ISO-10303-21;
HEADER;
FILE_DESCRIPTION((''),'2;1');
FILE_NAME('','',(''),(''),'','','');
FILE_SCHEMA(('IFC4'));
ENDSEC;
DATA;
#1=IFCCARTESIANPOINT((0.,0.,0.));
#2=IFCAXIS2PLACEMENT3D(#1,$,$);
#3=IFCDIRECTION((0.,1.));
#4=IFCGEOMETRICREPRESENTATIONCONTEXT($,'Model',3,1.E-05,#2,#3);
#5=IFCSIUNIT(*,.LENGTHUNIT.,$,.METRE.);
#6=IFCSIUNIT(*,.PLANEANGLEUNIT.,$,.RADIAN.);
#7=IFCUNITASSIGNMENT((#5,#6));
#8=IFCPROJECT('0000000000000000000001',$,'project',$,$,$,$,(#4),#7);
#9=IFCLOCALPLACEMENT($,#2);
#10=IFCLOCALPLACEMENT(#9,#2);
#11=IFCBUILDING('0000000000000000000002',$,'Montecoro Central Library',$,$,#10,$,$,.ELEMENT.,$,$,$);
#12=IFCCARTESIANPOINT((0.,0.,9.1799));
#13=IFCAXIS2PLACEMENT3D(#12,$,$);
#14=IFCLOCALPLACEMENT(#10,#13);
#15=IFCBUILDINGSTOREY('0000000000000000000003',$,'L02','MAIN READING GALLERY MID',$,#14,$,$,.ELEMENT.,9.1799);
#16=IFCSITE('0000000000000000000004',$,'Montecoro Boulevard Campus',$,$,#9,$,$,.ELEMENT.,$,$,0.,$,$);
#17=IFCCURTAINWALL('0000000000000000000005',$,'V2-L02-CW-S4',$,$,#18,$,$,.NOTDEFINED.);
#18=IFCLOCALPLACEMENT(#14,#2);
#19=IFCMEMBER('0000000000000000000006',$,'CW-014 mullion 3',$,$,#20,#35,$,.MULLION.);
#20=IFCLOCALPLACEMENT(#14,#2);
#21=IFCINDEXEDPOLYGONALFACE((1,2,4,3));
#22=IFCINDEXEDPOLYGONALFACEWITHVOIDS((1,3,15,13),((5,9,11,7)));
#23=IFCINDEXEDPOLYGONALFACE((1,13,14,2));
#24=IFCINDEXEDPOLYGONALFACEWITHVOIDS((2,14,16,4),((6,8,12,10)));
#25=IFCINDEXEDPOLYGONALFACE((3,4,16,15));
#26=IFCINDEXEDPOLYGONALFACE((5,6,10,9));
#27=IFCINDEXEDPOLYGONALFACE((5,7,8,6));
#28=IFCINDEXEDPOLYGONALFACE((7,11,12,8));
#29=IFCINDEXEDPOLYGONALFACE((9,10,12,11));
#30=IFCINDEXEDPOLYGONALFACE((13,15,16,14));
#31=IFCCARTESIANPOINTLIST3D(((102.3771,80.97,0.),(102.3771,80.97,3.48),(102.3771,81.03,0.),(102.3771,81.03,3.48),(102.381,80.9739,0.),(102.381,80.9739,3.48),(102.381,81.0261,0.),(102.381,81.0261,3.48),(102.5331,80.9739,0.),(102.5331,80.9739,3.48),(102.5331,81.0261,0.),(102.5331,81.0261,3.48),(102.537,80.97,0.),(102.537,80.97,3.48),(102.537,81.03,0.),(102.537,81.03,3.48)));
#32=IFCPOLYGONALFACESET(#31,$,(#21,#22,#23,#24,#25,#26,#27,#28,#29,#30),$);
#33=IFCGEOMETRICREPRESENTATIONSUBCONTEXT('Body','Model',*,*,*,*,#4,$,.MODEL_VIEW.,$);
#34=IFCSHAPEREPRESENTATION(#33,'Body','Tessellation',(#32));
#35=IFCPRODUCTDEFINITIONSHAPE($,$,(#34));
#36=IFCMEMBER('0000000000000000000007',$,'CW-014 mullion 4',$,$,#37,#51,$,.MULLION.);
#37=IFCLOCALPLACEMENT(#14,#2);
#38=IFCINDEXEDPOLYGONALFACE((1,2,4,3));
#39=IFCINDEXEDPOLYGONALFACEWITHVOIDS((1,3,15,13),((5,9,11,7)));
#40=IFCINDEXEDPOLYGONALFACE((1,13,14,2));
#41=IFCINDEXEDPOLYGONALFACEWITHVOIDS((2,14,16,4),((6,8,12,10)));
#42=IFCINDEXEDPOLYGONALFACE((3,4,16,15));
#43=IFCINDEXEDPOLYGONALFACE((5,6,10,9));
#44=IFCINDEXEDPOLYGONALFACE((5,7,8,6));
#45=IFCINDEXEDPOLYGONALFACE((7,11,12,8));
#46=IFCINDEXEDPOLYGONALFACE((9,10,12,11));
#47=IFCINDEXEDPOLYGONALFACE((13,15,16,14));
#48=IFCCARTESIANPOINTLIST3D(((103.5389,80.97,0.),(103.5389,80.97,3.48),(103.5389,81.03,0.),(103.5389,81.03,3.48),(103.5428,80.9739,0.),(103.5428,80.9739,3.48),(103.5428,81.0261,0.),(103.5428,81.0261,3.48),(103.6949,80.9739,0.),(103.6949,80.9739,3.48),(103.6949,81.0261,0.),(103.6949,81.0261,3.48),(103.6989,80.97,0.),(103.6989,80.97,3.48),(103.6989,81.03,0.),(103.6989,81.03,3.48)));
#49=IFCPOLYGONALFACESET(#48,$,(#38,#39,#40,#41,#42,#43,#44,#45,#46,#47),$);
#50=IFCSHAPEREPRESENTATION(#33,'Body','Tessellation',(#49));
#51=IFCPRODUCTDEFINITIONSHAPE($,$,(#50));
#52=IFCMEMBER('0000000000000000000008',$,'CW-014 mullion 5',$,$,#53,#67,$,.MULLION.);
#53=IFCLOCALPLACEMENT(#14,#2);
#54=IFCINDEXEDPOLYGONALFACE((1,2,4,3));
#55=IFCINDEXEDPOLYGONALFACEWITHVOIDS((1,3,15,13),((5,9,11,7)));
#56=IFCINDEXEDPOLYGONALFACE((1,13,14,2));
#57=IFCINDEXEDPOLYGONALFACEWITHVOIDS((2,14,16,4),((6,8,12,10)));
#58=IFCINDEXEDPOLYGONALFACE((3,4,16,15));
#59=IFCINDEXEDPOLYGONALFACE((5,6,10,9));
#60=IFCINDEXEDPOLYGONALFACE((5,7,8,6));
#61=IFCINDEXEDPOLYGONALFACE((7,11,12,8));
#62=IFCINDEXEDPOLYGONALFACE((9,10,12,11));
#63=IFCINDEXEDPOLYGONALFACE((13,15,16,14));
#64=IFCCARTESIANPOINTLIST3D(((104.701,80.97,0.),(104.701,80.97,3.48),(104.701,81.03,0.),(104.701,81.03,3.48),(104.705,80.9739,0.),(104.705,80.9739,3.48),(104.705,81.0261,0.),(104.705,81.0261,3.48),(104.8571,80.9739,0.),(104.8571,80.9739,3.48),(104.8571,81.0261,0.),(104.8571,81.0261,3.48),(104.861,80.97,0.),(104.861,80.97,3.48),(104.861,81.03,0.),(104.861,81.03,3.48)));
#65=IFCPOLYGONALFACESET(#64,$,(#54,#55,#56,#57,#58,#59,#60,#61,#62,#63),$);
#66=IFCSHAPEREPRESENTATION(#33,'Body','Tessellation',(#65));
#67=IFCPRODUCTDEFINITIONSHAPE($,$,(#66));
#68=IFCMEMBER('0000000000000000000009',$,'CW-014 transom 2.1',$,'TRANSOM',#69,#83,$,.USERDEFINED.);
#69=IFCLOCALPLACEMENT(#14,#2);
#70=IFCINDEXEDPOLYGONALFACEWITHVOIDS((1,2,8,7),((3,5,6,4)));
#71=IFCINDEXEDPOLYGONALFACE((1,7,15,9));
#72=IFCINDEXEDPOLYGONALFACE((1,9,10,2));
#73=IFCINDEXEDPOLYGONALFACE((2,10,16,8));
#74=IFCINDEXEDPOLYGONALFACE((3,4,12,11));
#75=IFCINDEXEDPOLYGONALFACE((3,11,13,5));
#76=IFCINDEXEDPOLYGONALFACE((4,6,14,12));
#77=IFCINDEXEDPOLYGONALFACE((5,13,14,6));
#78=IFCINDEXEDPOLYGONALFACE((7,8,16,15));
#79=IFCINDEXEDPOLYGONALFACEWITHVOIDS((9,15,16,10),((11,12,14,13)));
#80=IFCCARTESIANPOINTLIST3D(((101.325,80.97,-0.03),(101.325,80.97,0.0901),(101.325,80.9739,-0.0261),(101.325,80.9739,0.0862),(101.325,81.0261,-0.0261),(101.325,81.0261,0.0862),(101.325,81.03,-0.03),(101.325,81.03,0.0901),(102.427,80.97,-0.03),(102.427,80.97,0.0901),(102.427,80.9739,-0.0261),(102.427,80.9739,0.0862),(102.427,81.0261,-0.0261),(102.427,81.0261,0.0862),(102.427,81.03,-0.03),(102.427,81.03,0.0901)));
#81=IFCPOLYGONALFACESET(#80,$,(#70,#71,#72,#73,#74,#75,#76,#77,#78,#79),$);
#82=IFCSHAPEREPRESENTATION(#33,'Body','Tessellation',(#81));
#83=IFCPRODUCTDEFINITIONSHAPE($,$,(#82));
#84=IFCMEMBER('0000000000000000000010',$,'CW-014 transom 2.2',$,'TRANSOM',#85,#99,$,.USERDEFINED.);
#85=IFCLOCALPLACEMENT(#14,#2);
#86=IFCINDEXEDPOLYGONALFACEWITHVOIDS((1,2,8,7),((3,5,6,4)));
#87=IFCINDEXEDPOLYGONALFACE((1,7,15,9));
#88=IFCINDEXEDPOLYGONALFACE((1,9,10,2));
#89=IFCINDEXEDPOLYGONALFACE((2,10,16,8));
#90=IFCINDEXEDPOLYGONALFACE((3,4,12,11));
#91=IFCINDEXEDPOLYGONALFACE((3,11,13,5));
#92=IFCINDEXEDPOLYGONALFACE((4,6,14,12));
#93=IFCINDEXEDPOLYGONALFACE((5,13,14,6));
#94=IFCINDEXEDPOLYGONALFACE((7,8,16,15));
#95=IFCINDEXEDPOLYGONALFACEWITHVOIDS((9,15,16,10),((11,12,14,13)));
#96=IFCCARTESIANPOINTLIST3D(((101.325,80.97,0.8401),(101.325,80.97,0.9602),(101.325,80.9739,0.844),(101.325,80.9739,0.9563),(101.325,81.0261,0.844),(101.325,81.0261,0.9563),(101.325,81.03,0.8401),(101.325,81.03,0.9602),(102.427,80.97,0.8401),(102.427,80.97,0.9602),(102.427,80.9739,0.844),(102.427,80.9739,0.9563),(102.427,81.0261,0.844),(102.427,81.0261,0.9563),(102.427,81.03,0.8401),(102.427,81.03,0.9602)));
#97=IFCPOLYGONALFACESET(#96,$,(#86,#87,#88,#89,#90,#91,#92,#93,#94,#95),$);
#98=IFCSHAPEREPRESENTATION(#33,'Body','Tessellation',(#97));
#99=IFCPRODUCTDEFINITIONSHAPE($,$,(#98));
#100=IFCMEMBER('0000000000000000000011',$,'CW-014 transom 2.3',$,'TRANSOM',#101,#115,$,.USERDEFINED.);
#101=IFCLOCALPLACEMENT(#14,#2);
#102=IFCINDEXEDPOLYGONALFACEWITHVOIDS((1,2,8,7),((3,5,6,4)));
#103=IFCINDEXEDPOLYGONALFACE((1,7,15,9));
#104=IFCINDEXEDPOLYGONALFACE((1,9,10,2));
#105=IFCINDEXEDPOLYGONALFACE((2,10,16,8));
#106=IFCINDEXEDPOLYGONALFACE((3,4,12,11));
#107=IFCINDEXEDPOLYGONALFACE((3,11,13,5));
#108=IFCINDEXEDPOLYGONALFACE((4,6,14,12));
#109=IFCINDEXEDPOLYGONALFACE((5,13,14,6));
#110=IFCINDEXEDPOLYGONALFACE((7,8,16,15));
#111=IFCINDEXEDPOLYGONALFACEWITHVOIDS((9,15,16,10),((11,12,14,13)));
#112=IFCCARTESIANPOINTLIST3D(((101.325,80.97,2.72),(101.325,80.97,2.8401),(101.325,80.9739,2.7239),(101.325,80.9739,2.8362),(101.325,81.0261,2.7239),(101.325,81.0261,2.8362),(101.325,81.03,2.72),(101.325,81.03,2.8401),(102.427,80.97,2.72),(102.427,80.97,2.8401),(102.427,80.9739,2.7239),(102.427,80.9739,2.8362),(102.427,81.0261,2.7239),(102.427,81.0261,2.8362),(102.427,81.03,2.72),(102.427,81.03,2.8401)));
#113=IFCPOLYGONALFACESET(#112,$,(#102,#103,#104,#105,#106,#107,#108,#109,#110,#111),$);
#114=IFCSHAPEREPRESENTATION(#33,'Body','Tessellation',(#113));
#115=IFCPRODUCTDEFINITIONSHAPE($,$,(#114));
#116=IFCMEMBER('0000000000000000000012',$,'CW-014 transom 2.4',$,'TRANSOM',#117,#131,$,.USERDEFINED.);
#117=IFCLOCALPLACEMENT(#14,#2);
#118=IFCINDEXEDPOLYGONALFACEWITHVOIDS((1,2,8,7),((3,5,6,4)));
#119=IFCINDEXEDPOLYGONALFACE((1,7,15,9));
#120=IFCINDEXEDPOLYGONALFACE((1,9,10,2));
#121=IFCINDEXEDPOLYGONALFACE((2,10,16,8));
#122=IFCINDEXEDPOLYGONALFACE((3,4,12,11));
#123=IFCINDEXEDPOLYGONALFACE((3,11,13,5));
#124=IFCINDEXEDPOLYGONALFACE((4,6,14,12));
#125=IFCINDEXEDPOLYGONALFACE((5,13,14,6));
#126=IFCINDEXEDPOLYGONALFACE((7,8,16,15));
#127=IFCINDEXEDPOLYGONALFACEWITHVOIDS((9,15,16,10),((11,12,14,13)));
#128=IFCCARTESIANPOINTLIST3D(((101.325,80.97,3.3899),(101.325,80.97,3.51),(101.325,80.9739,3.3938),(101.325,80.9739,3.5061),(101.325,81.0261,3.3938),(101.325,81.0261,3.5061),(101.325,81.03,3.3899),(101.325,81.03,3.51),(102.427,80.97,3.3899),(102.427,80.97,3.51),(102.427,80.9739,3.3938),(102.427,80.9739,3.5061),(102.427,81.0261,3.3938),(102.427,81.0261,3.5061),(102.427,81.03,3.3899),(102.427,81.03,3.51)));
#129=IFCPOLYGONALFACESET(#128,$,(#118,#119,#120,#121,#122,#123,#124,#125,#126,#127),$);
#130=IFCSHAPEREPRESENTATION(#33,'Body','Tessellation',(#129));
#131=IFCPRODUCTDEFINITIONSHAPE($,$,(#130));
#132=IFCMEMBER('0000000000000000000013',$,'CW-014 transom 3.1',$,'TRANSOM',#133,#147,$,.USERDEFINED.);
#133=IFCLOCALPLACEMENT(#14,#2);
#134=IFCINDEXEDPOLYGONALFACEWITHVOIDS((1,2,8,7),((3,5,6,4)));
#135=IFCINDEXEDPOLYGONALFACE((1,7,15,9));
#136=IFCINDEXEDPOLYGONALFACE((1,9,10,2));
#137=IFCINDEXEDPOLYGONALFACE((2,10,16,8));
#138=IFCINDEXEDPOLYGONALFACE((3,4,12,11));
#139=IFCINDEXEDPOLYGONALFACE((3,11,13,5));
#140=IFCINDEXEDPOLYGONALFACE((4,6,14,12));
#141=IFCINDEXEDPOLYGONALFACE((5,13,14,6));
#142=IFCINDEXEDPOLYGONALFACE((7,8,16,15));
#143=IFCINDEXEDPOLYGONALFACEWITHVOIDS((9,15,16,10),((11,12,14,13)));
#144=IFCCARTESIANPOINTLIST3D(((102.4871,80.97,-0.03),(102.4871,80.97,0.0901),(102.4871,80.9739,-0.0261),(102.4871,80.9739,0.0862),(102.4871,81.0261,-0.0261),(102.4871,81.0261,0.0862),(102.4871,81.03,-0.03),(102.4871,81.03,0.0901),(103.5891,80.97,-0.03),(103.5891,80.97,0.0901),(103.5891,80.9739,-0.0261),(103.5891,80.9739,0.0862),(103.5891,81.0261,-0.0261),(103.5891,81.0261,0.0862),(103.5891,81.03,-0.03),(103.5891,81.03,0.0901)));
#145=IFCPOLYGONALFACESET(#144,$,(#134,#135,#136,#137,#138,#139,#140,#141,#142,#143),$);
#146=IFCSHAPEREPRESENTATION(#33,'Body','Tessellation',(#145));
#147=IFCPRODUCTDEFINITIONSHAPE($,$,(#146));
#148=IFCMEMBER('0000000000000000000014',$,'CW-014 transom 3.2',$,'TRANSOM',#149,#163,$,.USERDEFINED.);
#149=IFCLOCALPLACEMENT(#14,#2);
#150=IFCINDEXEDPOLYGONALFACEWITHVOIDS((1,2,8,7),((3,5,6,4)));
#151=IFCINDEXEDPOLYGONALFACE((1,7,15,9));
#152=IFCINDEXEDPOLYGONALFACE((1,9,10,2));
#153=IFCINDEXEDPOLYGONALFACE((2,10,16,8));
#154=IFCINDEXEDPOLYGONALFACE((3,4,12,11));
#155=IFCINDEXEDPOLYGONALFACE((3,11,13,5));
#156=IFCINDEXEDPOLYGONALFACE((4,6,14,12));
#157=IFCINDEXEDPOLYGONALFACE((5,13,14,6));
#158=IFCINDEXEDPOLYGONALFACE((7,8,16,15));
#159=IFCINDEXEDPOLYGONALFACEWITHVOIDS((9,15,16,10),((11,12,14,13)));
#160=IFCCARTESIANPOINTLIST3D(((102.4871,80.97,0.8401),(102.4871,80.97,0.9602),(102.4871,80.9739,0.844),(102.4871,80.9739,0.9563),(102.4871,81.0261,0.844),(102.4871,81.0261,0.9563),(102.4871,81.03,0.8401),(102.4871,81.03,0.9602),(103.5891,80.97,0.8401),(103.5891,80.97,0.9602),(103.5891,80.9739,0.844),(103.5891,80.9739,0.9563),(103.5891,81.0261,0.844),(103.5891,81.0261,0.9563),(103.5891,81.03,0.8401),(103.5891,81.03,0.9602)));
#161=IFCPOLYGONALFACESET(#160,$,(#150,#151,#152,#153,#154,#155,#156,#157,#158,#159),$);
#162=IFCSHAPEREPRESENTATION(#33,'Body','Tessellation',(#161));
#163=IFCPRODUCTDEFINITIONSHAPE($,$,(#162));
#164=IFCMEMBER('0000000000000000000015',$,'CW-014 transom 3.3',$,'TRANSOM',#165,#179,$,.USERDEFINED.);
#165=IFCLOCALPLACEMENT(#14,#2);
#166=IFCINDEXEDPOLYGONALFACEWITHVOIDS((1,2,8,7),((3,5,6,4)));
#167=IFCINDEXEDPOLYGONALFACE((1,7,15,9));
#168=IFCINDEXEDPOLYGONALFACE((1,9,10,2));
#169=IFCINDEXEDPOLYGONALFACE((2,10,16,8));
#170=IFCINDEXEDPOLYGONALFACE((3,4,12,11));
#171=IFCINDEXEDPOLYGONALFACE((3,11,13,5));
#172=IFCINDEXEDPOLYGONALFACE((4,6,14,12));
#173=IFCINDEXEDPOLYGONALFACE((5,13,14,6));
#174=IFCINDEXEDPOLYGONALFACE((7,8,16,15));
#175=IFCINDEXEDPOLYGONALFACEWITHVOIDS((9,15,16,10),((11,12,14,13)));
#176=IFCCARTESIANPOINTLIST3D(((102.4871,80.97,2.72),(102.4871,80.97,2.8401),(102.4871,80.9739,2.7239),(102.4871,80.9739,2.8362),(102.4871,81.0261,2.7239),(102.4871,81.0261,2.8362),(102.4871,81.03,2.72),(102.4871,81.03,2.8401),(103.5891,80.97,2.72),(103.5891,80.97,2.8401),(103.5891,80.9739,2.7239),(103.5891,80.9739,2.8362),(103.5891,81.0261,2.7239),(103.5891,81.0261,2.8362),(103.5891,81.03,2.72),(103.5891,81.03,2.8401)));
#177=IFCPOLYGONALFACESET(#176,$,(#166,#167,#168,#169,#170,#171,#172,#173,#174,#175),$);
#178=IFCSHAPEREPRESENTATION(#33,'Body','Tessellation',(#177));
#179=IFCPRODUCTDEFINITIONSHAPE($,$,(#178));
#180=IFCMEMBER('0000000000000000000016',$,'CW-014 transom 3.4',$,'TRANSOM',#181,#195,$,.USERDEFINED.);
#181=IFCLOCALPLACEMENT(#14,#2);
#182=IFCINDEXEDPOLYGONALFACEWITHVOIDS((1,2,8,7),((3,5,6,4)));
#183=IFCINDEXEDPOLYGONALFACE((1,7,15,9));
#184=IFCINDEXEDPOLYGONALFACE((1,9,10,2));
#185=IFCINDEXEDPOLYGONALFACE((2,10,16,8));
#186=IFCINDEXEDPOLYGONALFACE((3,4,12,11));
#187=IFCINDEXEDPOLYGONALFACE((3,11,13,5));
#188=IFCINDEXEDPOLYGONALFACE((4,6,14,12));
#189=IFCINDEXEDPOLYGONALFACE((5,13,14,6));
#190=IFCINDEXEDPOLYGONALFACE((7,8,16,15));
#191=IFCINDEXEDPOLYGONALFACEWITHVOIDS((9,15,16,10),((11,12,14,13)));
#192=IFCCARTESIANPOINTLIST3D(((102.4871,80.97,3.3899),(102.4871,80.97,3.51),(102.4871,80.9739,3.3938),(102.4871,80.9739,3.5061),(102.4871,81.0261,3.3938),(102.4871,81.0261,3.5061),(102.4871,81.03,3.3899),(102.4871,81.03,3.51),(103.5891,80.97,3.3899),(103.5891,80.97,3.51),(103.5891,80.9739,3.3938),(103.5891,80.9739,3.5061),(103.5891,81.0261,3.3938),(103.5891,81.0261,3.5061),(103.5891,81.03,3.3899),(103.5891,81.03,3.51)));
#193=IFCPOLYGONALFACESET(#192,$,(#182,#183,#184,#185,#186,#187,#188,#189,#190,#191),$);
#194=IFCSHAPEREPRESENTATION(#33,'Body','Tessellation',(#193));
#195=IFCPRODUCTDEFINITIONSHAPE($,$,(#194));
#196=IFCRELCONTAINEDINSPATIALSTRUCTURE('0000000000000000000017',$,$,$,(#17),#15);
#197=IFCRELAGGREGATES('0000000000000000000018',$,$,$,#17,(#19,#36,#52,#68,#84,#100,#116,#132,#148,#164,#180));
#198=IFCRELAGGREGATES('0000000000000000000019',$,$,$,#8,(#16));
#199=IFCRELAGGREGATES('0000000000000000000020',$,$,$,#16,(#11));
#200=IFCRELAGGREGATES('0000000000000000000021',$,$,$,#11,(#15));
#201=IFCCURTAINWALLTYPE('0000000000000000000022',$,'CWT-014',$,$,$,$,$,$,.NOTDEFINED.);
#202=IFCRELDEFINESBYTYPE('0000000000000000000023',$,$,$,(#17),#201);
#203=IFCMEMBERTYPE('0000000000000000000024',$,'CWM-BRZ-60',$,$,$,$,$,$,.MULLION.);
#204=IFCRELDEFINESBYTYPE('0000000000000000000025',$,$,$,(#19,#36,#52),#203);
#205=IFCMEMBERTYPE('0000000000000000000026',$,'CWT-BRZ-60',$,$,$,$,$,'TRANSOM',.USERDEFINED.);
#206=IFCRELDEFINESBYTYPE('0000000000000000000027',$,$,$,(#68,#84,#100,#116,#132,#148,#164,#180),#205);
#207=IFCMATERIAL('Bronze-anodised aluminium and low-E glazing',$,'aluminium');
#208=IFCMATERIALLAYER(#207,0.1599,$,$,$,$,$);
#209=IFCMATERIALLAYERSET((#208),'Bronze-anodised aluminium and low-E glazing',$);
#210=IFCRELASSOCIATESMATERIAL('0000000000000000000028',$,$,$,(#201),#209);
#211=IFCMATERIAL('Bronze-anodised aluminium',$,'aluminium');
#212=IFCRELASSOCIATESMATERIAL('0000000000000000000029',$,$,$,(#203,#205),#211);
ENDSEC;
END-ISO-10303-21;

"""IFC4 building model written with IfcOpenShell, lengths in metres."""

from ifc_helpers import new_model, si_unit, direction, frame, origin, origin_2d, place, context, subcontext, project, spatial, hollow_rectangle, extrude, material, layer, layer_set, material_profile, profile_set, type_object, element, aggregate, save


model = new_model("IFC4")

# Units and contexts
model_context = context("Model", 3, precision=1e-05, world=origin(), true_north=direction((0.0, 1.0)))
body_context = subcontext(model_context, "Body", "Model", "MODEL_VIEW")
ifc_project = project(units=[si_unit("LENGTHUNIT", "METRE"), si_unit("PLANEANGLEUNIT", "RADIAN")], contexts=[model_context])

# Site, building, storey
site_placement = place(None, origin())
site = spatial("IfcSite", under=ifc_project, at=site_placement, Name="Montecoro Boulevard Campus", CompositionType="ELEMENT", RefElevation=0.0)
building_placement = place(site_placement, origin())
building = spatial("IfcBuilding", under=site, at=building_placement, Name="Montecoro Central Library", CompositionType="ELEMENT")
storey_placement = place(building_placement, frame((0.0, 0.0, 9.1799)))
storey = spatial("IfcBuildingStorey", under=building, at=storey_placement, Name="L02", Description="MAIN READING GALLERY MID", CompositionType="ELEMENT", Elevation=9.1799)

# Curtain wall, members
ifc_material_1 = material(Name="Bronze-anodised aluminium and low-E glazing", Category="aluminium")
ifc_layer_1 = layer(ifc_material_1, 0.1599)
ifc_layer_set_1 = layer_set([ifc_layer_1], Name="Bronze-anodised aluminium and low-E glazing")
curtain_wall_type = type_object("IfcCurtainWallType", Name="CWT-014", PredefinedType="NOTDEFINED", material=ifc_layer_set_1)
curtain_wall_placement = place(storey_placement, origin())
curtain_wall = element("IfcCurtainWall", 1, at=curtain_wall_placement, inside=storey, type_object=curtain_wall_type, Name="V2-L02-CW-S4", PredefinedType="NOTDEFINED")
ifc_material_2 = material(Name="Bronze-anodised aluminium", Category="aluminium")
ifc_material_profile_1 = material_profile(ifc_material_2, hollow_rectangle(XDim=0.0601, YDim=0.1599, WallThickness=0.0039, at=origin_2d()), Name="CWM 160x60x4.0")
ifc_profile_set_1 = profile_set([ifc_material_profile_1], Name="Bronze-anodised aluminium")
member_type_1 = type_object("IfcMemberType", Name="CWM-BRZ-60", PredefinedType="MULLION", material=ifc_profile_set_1)
member_1_placement = place(storey_placement, frame((102.457, 81.0, 0.0), z_axis=(0.0, 0.0, 1.0), x_axis=(0.0, 1.0, 0.0)))
member_1 = element("IfcMember", 2, at=member_1_placement, type_object=member_type_1, Name="CW-014 mullion 3", PredefinedType="MULLION", context=body_context, shape_type="SweptSolid", body=[
    extrude(hollow_rectangle(XDim=0.0601, YDim=0.1599, WallThickness=0.0039, at=origin_2d()), origin(), (0.0, 0.0, 1.0), 3.48),
])
member_2_placement = place(storey_placement, frame((103.6189, 81.0, 0.0), z_axis=(0.0, 0.0, 1.0), x_axis=(0.0, 1.0, 0.0)))
member_2 = element("IfcMember", 3, at=member_2_placement, type_object=member_type_1, Name="CW-014 mullion 4", PredefinedType="MULLION", context=body_context, shape_type="SweptSolid", body=[
    extrude(hollow_rectangle(XDim=0.0601, YDim=0.1599, WallThickness=0.0039, at=origin_2d()), origin(), (0.0, 0.0, 1.0), 3.48),
])
member_3_placement = place(storey_placement, frame((104.781, 81.0, 0.0), z_axis=(0.0, 0.0, 1.0), x_axis=(0.0, 1.0, 0.0)))
member_3 = element("IfcMember", 4, at=member_3_placement, type_object=member_type_1, Name="CW-014 mullion 5", PredefinedType="MULLION", context=body_context, shape_type="SweptSolid", body=[
    extrude(hollow_rectangle(XDim=0.0601, YDim=0.1599, WallThickness=0.0039, at=origin_2d()), origin(), (0.0, 0.0, 1.0), 3.48),
])
ifc_material_profile_2 = material_profile(ifc_material_2, hollow_rectangle(XDim=0.0601, YDim=0.1201, WallThickness=0.0039, at=origin_2d()), Name="CWT 120x60x4.0")
ifc_profile_set_2 = profile_set([ifc_material_profile_2], Name="Bronze-anodised aluminium")
member_type_2 = type_object("IfcMemberType", Name="CWT-BRZ-60", ElementType="TRANSOM", PredefinedType="USERDEFINED", material=ifc_profile_set_2)
member_4_placement = place(storey_placement, frame((101.325, 81.0, 0.03), z_axis=(1.0, 0.0, 0.0), x_axis=(0.0, 1.0, 0.0)))
member_4 = element("IfcMember", 5, at=member_4_placement, type_object=member_type_2, Name="CW-014 transom 2.1", ObjectType="TRANSOM", PredefinedType="USERDEFINED", context=body_context, shape_type="SweptSolid", body=[
    extrude(hollow_rectangle(XDim=0.0601, YDim=0.1201, WallThickness=0.0039, at=origin_2d()), origin(), (0.0, 0.0, 1.0), 1.1021),
])
member_5_placement = place(storey_placement, frame((101.325, 81.0, 0.9001), z_axis=(1.0, 0.0, 0.0), x_axis=(0.0, 1.0, 0.0)))
member_5 = element("IfcMember", 6, at=member_5_placement, type_object=member_type_2, Name="CW-014 transom 2.2", ObjectType="TRANSOM", PredefinedType="USERDEFINED", context=body_context, shape_type="SweptSolid", body=[
    extrude(hollow_rectangle(XDim=0.0601, YDim=0.1201, WallThickness=0.0039, at=origin_2d()), origin(), (0.0, 0.0, 1.0), 1.1021),
])
member_6_placement = place(storey_placement, frame((101.325, 81.0, 2.78), z_axis=(1.0, 0.0, 0.0), x_axis=(0.0, 1.0, 0.0)))
member_6 = element("IfcMember", 7, at=member_6_placement, type_object=member_type_2, Name="CW-014 transom 2.3", ObjectType="TRANSOM", PredefinedType="USERDEFINED", context=body_context, shape_type="SweptSolid", body=[
    extrude(hollow_rectangle(XDim=0.0601, YDim=0.1201, WallThickness=0.0039, at=origin_2d()), origin(), (0.0, 0.0, 1.0), 1.1021),
])
member_7_placement = place(storey_placement, frame((101.325, 81.0, 3.45), z_axis=(1.0, 0.0, 0.0), x_axis=(0.0, 1.0, 0.0)))
member_7 = element("IfcMember", 8, at=member_7_placement, type_object=member_type_2, Name="CW-014 transom 2.4", ObjectType="TRANSOM", PredefinedType="USERDEFINED", context=body_context, shape_type="SweptSolid", body=[
    extrude(hollow_rectangle(XDim=0.0601, YDim=0.1201, WallThickness=0.0039, at=origin_2d()), origin(), (0.0, 0.0, 1.0), 1.1021),
])
member_8_placement = place(storey_placement, frame((102.4871, 81.0, 0.03), z_axis=(1.0, 0.0, 0.0), x_axis=(0.0, 1.0, 0.0)))
member_8 = element("IfcMember", 9, at=member_8_placement, type_object=member_type_2, Name="CW-014 transom 3.1", ObjectType="TRANSOM", PredefinedType="USERDEFINED", context=body_context, shape_type="SweptSolid", body=[
    extrude(hollow_rectangle(XDim=0.0601, YDim=0.1201, WallThickness=0.0039, at=origin_2d()), origin(), (0.0, 0.0, 1.0), 1.1021),
])
member_9_placement = place(storey_placement, frame((102.4871, 81.0, 0.9001), z_axis=(1.0, 0.0, 0.0), x_axis=(0.0, 1.0, 0.0)))
member_9 = element("IfcMember", 10, at=member_9_placement, type_object=member_type_2, Name="CW-014 transom 3.2", ObjectType="TRANSOM", PredefinedType="USERDEFINED", context=body_context, shape_type="SweptSolid", body=[
    extrude(hollow_rectangle(XDim=0.0601, YDim=0.1201, WallThickness=0.0039, at=origin_2d()), origin(), (0.0, 0.0, 1.0), 1.1021),
])
member_10_placement = place(storey_placement, frame((102.4871, 81.0, 2.78), z_axis=(1.0, 0.0, 0.0), x_axis=(0.0, 1.0, 0.0)))
member_10 = element("IfcMember", 11, at=member_10_placement, type_object=member_type_2, Name="CW-014 transom 3.3", ObjectType="TRANSOM", PredefinedType="USERDEFINED", context=body_context, shape_type="SweptSolid", body=[
    extrude(hollow_rectangle(XDim=0.0601, YDim=0.1201, WallThickness=0.0039, at=origin_2d()), origin(), (0.0, 0.0, 1.0), 1.1021),
])
member_11_placement = place(storey_placement, frame((102.4871, 81.0, 3.45), z_axis=(1.0, 0.0, 0.0), x_axis=(0.0, 1.0, 0.0)))
member_11 = element("IfcMember", 12, at=member_11_placement, type_object=member_type_2, Name="CW-014 transom 3.4", ObjectType="TRANSOM", PredefinedType="USERDEFINED", context=body_context, shape_type="SweptSolid", body=[
    extrude(hollow_rectangle(XDim=0.0601, YDim=0.1201, WallThickness=0.0039, at=origin_2d()), origin(), (0.0, 0.0, 1.0), 1.1021),
])
aggregate(curtain_wall, [member_1, member_2, member_3, member_4, member_5, member_6, member_7, member_8, member_9, member_10, member_11])

save(model, "model.ifc")
